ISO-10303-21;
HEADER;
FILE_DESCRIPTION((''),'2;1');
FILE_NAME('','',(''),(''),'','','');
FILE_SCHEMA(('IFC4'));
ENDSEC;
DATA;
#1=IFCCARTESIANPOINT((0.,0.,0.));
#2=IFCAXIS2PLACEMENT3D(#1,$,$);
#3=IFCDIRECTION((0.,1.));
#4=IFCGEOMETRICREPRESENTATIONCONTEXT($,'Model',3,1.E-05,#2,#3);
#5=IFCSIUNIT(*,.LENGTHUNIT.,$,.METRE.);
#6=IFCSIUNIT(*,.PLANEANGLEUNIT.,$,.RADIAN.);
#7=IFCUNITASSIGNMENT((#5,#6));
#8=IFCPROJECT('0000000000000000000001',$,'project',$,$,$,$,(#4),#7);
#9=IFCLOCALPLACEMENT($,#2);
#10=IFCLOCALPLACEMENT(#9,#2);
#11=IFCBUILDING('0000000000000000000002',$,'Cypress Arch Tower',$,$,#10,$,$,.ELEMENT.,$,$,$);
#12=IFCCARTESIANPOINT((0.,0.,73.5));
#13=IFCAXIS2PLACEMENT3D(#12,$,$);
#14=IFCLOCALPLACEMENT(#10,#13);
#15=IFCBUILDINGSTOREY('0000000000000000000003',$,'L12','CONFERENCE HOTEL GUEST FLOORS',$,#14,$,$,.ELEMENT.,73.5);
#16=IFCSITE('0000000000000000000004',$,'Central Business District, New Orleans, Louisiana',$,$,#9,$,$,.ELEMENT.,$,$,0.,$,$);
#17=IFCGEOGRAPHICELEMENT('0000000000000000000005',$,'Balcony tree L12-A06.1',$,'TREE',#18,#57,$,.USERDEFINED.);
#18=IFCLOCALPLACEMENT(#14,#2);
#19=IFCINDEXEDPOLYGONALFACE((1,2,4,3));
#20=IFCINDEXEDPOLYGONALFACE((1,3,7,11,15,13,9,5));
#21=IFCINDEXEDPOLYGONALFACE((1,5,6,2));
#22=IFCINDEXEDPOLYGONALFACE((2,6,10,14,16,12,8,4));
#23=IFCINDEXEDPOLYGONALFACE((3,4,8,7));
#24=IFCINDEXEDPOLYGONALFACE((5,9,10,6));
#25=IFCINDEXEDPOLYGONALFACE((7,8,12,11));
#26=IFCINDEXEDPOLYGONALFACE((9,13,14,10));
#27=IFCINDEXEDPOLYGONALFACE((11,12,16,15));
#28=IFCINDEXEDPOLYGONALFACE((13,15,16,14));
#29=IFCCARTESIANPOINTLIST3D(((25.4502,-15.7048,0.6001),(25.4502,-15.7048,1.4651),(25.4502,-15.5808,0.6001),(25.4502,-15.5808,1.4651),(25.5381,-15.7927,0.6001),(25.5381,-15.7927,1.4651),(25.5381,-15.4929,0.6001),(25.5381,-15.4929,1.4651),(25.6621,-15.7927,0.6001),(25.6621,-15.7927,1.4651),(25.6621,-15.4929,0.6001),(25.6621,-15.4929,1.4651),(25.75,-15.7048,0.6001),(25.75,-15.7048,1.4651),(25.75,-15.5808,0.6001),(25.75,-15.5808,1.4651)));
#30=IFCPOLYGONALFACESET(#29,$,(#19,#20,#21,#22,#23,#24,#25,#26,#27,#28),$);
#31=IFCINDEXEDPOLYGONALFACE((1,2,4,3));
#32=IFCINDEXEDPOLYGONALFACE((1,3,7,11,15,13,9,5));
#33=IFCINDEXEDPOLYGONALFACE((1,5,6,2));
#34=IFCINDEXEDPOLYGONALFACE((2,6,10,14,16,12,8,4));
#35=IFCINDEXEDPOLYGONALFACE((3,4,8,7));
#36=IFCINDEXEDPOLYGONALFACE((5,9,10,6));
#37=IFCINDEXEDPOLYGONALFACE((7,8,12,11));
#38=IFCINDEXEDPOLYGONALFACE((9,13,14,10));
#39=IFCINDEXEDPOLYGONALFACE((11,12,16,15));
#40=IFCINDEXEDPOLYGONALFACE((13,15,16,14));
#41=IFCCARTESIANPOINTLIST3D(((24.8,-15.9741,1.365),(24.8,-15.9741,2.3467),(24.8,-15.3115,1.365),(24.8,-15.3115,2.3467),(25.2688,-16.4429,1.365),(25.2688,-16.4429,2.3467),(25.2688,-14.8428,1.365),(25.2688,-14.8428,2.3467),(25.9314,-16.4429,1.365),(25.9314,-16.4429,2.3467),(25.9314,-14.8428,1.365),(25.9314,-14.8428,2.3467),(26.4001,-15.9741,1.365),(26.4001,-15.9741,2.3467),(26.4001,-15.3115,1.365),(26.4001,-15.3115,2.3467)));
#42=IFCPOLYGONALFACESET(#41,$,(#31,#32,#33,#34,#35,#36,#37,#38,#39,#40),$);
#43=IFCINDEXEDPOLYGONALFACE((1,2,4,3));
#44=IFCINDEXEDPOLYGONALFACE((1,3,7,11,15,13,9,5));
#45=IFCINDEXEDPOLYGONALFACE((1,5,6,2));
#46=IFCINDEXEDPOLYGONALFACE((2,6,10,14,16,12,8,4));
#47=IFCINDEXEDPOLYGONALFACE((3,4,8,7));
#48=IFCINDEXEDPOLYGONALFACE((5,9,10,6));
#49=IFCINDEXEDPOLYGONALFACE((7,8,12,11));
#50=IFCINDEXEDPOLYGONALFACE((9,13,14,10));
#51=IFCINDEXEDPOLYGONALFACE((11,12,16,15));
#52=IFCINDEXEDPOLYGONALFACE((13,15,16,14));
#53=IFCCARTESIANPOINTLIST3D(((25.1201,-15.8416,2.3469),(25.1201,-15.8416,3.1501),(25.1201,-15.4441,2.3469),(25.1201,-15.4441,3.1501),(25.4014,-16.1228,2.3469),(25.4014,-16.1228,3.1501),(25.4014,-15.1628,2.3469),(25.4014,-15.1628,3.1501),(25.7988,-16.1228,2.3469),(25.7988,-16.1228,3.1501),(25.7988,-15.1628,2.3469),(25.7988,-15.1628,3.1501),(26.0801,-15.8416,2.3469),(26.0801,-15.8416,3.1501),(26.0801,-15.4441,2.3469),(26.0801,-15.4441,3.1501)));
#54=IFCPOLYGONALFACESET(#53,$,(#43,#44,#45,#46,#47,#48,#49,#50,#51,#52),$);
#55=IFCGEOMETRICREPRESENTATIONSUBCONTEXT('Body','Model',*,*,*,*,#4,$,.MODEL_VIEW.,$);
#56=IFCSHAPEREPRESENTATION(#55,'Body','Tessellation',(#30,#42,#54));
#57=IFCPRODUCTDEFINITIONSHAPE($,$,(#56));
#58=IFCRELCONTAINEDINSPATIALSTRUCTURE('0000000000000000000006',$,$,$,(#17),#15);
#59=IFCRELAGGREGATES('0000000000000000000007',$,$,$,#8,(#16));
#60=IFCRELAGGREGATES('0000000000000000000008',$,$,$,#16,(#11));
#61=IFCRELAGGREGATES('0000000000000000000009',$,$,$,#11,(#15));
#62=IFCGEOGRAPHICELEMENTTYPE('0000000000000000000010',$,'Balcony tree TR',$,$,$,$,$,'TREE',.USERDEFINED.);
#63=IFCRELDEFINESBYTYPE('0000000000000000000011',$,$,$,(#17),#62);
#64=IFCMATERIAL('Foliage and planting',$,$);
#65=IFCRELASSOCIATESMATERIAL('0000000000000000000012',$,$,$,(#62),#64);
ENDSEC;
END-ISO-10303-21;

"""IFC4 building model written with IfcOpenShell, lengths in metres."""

from ifc_helpers import new_model, si_unit, direction, frame, origin, place, context, subcontext, project, spatial, polyline, outline, extrude, material, type_object, element, save


model = new_model("IFC4")

# Units and contexts
model_context = context("Model", 3, precision=1e-05, world=origin(), true_north=direction((0.0, 1.0)))
body_context = subcontext(model_context, "Body", "Model", "MODEL_VIEW")
ifc_project = project(units=[si_unit("LENGTHUNIT", "METRE"), si_unit("PLANEANGLEUNIT", "RADIAN")], contexts=[model_context])

# Site, building, storey
site_placement = place(None, origin())
site = spatial("IfcSite", under=ifc_project, at=site_placement, Name="Central Business District, New Orleans, Louisiana", CompositionType="ELEMENT", RefElevation=0.0)
building_placement = place(site_placement, origin())
building = spatial("IfcBuilding", under=site, at=building_placement, Name="Cypress Arch Tower", CompositionType="ELEMENT")
storey_placement = place(building_placement, frame((0.0, 0.0, 73.5)))
storey = spatial("IfcBuildingStorey", under=building, at=storey_placement, Name="L12", Description="CONFERENCE HOTEL GUEST FLOORS", CompositionType="ELEMENT", Elevation=73.5)

# Geographic element
ifc_material_1 = material(Name="Foliage and planting")
geographic_element_type = type_object("IfcGeographicElementType", Name="Balcony tree TR", ElementType="TREE", PredefinedType="USERDEFINED", material=ifc_material_1)
geographic_element_placement = place(storey_placement, frame((25.6001, -15.6428, 0.6001), z_axis=(0.0, 0.0, 1.0), x_axis=(1.0, 0.0, 0.0)))
element("IfcGeographicElement", 1, at=geographic_element_placement, inside=storey, type_object=geographic_element_type, Name="Balcony tree L12-A06.1", ObjectType="TREE", PredefinedType="USERDEFINED", context=body_context, shape_type="SweptSolid", body=[
    extrude(outline(polyline([(0.1499, 0.062), (0.062, 0.1499), (-0.062, 0.1499), (-0.1499, 0.062), (-0.1499, -0.062), (-0.062, -0.1499), (0.062, -0.1499), (0.1499, -0.062), (0.1499, 0.062)])), origin(), (0.0, 0.0, 1.0), 0.865),
    extrude(outline(polyline([(0.8, 0.3313), (0.3313, 0.8), (-0.3313, 0.8), (-0.8, 0.3313), (-0.8, -0.3313), (-0.3313, -0.8), (0.3313, -0.8), (0.8, -0.3313), (0.8, 0.3313)])), frame((0.0, 0.0, 0.7649)), (0.0, 0.0, 1.0), 0.9817),
    extrude(outline(polyline([(0.48, 0.1987), (0.1987, 0.48), (-0.1987, 0.48), (-0.48, 0.1987), (-0.48, -0.1987), (-0.1987, -0.48), (0.1987, -0.48), (0.48, -0.1987), (0.48, 0.1987)])), frame((0.0, 0.0, 1.7468)), (0.0, 0.0, 1.0), 0.8032),
])

save(model, "model.ifc")
